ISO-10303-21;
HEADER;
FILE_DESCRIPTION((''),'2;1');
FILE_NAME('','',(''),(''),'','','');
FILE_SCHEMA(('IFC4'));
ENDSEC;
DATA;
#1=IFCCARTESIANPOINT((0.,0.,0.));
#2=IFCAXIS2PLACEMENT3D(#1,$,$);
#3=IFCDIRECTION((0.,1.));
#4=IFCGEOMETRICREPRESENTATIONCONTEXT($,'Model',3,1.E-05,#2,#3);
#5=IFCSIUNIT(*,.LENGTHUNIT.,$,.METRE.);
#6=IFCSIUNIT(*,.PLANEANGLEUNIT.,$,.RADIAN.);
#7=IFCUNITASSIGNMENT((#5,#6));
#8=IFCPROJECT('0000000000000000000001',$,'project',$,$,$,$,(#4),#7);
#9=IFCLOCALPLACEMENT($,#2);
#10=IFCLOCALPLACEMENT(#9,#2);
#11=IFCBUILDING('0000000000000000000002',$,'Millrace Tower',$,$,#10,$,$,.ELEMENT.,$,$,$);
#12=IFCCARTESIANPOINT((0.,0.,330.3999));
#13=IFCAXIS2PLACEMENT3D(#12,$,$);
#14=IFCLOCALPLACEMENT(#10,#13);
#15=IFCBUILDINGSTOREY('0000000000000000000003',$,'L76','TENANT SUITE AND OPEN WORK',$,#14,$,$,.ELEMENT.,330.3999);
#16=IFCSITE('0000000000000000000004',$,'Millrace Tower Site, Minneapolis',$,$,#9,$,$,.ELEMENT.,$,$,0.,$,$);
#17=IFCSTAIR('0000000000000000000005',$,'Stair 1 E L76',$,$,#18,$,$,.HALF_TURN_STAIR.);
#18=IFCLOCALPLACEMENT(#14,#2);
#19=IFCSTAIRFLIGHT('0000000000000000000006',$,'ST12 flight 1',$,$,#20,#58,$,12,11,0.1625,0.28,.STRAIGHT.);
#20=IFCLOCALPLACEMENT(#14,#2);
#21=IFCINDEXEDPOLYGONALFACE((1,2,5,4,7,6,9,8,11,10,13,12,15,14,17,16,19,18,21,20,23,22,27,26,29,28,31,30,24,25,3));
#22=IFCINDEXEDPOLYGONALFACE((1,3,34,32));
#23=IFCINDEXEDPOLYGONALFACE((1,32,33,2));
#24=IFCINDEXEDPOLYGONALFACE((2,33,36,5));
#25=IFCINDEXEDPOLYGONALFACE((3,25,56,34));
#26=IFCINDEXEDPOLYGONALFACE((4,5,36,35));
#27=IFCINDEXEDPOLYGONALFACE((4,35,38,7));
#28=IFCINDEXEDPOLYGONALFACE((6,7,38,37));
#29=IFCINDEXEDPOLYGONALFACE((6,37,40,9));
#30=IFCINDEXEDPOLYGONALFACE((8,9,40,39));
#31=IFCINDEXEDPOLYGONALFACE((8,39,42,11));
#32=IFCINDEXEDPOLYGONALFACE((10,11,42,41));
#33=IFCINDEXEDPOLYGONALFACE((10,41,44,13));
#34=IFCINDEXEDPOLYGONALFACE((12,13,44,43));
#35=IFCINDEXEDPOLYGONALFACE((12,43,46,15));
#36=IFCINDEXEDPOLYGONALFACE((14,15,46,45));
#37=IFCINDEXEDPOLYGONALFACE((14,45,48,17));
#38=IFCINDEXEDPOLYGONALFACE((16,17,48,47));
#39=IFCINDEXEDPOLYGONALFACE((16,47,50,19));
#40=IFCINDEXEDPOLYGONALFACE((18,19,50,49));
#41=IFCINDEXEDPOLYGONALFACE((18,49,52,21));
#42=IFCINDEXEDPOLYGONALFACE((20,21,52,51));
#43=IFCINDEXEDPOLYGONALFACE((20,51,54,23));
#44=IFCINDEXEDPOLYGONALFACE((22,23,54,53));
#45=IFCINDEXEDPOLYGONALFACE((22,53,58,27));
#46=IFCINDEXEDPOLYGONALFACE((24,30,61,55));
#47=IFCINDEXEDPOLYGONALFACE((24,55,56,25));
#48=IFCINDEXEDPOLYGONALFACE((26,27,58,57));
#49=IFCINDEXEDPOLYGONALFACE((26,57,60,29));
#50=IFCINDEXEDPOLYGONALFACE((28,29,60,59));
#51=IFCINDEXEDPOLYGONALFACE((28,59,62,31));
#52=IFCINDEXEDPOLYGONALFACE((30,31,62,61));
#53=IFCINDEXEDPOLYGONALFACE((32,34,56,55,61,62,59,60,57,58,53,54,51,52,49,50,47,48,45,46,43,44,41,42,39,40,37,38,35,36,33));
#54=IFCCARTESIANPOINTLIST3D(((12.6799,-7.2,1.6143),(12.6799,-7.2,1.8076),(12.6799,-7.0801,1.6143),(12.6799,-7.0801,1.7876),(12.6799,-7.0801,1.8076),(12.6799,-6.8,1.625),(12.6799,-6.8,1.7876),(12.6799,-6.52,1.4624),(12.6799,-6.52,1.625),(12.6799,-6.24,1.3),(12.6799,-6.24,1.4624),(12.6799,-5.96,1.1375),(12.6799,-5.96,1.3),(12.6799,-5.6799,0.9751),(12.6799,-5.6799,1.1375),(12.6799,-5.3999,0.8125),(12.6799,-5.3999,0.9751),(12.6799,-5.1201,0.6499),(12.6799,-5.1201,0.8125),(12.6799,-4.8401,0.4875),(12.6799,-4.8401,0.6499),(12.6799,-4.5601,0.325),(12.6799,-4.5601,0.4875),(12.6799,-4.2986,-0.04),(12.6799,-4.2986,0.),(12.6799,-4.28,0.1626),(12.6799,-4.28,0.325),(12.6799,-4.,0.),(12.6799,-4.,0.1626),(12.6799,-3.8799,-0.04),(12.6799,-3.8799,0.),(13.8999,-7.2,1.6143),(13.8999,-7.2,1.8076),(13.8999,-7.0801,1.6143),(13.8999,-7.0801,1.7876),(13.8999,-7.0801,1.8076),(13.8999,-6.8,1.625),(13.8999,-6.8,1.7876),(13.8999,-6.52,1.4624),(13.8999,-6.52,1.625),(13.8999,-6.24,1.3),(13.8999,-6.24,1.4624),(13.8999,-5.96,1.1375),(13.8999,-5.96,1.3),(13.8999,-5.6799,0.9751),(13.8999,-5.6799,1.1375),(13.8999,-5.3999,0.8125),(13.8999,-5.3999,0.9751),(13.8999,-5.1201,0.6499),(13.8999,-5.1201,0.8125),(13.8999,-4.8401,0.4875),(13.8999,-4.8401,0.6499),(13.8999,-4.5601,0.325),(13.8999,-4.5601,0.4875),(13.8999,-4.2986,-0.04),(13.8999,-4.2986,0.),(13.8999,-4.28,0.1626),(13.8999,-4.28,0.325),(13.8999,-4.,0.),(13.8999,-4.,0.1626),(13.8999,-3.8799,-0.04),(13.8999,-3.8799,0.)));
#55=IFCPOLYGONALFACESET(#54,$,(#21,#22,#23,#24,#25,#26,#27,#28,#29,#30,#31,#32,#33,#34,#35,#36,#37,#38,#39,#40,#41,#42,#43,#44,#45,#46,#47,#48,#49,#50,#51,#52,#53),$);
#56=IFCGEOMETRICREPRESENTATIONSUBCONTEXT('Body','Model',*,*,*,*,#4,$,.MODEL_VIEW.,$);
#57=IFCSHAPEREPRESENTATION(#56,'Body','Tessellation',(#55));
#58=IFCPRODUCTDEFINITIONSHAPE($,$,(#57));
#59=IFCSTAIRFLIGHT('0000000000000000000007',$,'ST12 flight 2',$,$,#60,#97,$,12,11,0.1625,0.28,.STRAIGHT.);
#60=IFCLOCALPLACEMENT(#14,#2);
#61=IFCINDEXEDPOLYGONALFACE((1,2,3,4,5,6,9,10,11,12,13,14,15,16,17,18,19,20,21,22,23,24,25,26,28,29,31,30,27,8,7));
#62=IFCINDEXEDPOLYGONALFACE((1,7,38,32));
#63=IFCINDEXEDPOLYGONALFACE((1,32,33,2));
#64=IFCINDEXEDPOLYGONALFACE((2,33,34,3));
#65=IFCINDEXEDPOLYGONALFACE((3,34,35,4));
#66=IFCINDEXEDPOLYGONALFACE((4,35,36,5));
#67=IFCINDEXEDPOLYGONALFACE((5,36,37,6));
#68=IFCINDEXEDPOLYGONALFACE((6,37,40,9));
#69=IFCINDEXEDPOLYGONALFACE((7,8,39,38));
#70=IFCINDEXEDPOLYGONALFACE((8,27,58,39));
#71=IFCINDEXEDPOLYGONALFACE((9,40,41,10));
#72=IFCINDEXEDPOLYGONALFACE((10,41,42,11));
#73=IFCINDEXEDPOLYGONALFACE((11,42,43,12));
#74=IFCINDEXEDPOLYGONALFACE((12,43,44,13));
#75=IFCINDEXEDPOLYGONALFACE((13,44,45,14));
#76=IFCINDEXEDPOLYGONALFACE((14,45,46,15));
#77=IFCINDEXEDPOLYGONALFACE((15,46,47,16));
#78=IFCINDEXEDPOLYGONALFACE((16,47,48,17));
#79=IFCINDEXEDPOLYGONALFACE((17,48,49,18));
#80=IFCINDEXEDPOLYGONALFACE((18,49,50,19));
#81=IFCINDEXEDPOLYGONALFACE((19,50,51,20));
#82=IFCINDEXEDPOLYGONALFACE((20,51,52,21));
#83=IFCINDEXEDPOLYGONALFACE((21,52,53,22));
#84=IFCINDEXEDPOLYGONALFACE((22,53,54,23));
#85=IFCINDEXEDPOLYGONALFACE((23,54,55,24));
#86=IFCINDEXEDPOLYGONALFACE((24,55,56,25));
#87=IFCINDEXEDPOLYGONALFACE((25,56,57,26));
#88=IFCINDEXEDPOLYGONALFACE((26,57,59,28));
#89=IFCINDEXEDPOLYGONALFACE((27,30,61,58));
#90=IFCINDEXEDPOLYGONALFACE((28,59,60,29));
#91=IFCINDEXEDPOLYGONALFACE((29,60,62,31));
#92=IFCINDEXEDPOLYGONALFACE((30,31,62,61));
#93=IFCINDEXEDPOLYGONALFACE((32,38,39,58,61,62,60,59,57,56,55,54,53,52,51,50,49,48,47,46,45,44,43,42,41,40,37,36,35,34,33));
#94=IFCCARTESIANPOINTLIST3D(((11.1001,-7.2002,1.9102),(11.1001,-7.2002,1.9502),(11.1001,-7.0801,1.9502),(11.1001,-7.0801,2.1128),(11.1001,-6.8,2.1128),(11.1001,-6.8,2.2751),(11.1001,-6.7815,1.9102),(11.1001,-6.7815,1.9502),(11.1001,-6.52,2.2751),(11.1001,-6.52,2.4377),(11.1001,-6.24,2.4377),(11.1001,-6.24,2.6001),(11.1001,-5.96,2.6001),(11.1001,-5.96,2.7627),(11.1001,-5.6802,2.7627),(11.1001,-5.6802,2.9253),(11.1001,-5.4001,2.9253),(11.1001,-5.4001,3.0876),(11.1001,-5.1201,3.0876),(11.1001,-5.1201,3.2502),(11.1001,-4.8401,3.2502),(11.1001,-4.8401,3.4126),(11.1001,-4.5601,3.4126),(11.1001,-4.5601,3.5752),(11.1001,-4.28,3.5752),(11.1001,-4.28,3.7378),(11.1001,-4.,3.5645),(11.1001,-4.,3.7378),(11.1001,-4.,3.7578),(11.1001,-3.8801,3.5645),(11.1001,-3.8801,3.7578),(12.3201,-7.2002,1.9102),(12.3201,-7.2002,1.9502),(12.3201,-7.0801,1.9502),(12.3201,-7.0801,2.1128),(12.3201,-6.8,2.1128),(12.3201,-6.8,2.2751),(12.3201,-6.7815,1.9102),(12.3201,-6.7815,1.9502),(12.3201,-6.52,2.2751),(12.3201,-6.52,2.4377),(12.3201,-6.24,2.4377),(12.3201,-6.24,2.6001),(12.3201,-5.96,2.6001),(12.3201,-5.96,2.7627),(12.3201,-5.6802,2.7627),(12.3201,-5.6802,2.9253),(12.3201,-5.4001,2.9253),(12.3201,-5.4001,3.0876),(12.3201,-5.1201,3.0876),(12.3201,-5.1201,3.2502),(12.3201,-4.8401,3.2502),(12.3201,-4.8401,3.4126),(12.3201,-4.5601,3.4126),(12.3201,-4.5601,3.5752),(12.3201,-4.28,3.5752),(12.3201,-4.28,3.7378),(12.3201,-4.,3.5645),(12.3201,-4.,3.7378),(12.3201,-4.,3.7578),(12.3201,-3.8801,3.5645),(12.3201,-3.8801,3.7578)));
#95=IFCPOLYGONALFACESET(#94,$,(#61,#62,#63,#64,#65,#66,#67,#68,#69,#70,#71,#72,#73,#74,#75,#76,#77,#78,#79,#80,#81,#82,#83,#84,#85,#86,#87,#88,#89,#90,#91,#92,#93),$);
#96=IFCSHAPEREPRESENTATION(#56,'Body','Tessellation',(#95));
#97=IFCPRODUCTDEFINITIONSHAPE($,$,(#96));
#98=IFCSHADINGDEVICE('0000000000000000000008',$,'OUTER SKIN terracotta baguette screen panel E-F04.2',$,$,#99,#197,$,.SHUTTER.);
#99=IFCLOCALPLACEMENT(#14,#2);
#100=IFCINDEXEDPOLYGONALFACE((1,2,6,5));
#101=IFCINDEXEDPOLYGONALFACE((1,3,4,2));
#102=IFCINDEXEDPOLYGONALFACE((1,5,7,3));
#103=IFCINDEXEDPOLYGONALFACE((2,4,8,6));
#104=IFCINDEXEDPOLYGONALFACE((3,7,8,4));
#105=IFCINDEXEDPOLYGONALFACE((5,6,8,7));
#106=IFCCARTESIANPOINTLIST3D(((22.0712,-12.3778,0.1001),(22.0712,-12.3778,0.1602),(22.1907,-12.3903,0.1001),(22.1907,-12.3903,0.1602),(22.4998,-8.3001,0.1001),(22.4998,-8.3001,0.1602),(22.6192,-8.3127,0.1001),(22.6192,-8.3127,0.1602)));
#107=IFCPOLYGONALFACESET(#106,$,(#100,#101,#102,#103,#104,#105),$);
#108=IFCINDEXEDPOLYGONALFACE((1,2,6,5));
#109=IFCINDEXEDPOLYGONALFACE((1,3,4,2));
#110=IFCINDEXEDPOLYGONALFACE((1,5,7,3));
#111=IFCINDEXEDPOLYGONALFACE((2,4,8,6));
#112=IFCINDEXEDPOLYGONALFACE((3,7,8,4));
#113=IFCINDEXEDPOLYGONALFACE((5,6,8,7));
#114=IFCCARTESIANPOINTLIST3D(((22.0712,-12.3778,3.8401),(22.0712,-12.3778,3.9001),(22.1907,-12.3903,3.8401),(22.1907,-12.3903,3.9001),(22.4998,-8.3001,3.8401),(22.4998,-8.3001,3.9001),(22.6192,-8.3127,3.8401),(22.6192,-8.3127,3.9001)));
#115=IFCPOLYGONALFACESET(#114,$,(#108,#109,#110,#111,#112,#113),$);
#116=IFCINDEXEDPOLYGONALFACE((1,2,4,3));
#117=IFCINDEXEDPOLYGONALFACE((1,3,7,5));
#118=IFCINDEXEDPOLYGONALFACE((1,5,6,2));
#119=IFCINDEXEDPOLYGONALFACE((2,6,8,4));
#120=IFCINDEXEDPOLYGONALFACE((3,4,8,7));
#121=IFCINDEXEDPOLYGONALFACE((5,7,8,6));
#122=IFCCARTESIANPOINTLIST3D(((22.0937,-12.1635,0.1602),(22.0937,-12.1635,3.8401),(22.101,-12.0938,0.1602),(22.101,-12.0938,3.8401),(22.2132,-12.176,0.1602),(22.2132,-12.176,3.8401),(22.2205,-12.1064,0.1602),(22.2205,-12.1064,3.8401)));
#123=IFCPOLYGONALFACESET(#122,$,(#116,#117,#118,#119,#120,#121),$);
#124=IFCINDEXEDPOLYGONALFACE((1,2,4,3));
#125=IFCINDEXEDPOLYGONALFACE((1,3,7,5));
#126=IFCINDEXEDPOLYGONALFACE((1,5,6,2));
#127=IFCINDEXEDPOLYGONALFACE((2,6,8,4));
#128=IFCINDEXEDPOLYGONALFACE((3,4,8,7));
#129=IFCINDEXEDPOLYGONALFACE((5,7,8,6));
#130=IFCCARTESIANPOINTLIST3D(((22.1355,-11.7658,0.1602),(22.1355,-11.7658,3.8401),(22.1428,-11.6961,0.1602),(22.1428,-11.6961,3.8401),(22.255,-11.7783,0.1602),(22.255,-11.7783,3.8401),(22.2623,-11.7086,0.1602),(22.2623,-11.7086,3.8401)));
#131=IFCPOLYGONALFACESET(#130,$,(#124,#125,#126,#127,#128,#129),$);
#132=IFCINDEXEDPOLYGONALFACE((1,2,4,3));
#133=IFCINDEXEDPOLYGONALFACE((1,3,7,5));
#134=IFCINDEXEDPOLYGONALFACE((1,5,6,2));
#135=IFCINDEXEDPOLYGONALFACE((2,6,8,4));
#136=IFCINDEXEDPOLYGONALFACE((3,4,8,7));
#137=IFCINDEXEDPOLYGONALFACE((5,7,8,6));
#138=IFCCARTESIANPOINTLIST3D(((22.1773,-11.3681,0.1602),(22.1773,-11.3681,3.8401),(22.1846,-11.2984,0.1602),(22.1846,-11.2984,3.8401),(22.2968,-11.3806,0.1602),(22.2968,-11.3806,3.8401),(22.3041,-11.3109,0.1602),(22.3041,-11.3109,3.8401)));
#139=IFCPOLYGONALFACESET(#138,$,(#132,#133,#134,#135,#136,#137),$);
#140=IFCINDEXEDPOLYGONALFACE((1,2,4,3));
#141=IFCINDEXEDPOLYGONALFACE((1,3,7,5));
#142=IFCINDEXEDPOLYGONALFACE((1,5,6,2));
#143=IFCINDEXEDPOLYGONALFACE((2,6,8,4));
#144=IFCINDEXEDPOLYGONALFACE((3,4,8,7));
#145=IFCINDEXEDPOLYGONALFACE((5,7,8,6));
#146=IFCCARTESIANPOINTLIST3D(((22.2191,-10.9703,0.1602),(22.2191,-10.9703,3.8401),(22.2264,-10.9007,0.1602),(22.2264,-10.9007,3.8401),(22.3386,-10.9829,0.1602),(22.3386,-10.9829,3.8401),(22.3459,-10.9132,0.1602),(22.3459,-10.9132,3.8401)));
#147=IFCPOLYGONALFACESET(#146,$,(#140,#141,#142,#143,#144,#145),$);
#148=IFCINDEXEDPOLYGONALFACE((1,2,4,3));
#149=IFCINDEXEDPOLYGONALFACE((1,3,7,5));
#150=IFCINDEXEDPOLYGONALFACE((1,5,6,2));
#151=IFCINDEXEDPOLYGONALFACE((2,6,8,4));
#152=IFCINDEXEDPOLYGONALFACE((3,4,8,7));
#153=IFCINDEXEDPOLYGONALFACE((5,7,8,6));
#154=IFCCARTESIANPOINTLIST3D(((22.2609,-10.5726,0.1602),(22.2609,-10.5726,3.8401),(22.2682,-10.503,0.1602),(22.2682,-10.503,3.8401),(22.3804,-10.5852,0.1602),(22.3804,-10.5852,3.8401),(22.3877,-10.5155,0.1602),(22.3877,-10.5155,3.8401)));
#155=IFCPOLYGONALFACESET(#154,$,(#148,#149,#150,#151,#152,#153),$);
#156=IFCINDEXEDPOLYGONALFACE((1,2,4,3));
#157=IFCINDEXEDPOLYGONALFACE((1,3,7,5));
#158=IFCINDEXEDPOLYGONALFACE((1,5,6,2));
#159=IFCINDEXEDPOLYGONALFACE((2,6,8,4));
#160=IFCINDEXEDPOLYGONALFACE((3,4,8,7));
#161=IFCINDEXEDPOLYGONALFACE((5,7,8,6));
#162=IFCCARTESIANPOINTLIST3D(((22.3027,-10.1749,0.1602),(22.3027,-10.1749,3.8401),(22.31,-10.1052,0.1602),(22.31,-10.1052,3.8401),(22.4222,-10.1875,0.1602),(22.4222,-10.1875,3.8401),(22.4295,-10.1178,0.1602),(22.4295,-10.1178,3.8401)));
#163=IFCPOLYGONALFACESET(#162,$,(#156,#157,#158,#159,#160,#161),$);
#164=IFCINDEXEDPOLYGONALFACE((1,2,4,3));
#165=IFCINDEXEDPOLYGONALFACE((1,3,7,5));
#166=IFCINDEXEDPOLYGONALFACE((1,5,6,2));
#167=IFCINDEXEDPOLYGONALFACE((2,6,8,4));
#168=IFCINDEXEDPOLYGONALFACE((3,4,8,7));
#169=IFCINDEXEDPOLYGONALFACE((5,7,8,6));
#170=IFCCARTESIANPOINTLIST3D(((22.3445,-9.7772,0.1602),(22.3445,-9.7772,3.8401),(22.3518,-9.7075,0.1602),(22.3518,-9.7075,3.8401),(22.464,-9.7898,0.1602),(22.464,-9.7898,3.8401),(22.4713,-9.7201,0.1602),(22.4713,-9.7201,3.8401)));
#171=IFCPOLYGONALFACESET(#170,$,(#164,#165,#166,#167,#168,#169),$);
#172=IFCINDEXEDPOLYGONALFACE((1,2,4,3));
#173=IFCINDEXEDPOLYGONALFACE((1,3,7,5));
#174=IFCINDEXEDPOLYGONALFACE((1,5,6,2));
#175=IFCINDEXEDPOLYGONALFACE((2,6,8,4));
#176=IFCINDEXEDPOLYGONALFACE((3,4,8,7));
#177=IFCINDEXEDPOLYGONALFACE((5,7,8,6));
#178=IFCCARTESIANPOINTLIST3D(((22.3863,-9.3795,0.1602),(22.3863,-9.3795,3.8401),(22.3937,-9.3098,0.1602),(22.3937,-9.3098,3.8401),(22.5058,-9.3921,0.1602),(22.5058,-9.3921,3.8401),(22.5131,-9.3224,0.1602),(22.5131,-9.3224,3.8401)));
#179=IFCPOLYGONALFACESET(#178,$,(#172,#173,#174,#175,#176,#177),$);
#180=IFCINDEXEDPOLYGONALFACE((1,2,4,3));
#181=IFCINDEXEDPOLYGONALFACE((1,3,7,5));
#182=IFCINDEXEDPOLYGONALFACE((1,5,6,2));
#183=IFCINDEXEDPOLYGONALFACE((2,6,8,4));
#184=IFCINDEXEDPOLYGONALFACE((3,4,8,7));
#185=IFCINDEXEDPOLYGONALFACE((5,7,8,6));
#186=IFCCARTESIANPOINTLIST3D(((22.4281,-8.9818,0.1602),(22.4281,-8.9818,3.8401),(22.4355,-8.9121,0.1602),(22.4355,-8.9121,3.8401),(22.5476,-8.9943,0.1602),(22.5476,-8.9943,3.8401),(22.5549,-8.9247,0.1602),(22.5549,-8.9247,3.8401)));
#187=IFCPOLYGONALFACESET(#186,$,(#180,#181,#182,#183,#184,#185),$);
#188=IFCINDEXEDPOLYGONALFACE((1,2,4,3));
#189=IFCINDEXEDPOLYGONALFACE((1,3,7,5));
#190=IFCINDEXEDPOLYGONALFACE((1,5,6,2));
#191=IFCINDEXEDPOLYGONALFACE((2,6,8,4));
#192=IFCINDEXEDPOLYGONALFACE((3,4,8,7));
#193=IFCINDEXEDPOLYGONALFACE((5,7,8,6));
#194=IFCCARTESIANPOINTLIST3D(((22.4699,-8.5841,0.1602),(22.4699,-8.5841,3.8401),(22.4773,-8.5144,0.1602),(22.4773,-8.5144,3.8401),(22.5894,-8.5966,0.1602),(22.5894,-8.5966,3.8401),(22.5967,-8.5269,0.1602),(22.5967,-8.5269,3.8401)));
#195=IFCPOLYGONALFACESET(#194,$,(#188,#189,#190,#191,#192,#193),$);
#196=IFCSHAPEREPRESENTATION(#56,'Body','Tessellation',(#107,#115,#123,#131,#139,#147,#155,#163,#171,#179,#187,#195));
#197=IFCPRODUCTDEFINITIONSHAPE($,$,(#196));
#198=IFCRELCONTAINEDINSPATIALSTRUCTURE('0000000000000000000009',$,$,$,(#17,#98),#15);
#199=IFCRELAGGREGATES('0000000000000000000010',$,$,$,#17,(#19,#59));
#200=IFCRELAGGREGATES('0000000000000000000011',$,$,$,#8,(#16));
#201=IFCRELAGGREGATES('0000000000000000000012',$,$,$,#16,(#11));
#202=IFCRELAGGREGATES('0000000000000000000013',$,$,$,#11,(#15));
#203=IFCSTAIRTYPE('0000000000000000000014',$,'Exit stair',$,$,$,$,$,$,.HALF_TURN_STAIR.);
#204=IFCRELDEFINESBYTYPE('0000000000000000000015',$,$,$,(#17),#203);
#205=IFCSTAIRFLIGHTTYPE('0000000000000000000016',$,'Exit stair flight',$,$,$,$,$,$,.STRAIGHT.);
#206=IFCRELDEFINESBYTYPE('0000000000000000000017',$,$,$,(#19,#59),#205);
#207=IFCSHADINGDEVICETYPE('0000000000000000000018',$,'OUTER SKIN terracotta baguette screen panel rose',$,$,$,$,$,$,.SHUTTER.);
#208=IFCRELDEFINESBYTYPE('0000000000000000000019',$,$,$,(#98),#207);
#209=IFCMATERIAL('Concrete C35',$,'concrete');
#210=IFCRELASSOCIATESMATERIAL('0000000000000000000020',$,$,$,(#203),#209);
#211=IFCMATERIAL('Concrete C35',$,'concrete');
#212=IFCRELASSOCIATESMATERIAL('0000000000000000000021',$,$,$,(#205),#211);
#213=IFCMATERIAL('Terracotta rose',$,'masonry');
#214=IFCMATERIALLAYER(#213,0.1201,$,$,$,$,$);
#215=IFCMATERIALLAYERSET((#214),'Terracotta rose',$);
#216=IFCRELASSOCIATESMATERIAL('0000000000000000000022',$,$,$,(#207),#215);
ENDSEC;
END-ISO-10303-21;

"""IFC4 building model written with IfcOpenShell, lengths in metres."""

from ifc_helpers import new_model, entity, si_unit, direction, frame, frame_2d, origin, place, context, subcontext, project, spatial, polyline, rectangle, outline, extrude, source, transform, mapped, material, layer, layer_set, type_object, element, aggregate, save


model = new_model("IFC4")

# Units and contexts
model_context = context("Model", 3, precision=1e-05, world=origin(), true_north=direction((0.0, 1.0)))
body_context = subcontext(model_context, "Body", "Model", "MODEL_VIEW")
ifc_project = project(units=[si_unit("LENGTHUNIT", "METRE"), si_unit("PLANEANGLEUNIT", "RADIAN")], contexts=[model_context])

# Site, building, storey
site_placement = place(None, origin())
site = spatial("IfcSite", under=ifc_project, at=site_placement, Name="Millrace Tower Site, Minneapolis", CompositionType="ELEMENT", RefElevation=0.0)
building_placement = place(site_placement, origin())
building = spatial("IfcBuilding", under=site, at=building_placement, Name="Millrace Tower", CompositionType="ELEMENT")
storey_placement = place(building_placement, frame((0.0, 0.0, 330.3999)))
storey = spatial("IfcBuildingStorey", under=building, at=storey_placement, Name="L76", Description="TENANT SUITE AND OPEN WORK", CompositionType="ELEMENT", Elevation=330.3999)

# Shared definitions
placement = place(storey_placement, origin())

# Stair, stair flights
ifc_material_1 = material(Name="Concrete C35", Category="concrete")
stair_type = type_object("IfcStairType", Name="Exit stair", PredefinedType="HALF_TURN_STAIR", material=ifc_material_1)
stair = element("IfcStair", 1, at=placement, inside=storey, type_object=stair_type, Name="Stair 1 E L76", PredefinedType="HALF_TURN_STAIR")
ifc_material_2 = material(Name="Concrete C35", Category="concrete")
stair_flight_type = type_object("IfcStairFlightType", Name="Exit stair flight", PredefinedType="STRAIGHT", material=ifc_material_2)
stair_flight_1_placement = place(storey_placement, frame((13.29, -4.0, 0.0), z_axis=(0.0, 0.0, 1.0), x_axis=(0.0, -1.0, 0.0)))
stair_flight_1 = element("IfcStairFlight", 2, at=stair_flight_1_placement, type_object=stair_flight_type, Name="ST12 flight 1", NumberOfRisers=12, NumberOfTreads=11, PredefinedType="STRAIGHT", RiserHeight=0.1625, TreadLength=0.28, context=body_context, shape_type="SweptSolid", body=[
    extrude(outline(polyline([(-0.1201, -0.04), (-0.1201, 0.0), (0.0, 0.0), (0.0, 0.1626), (0.28, 0.1626), (0.28, 0.325), (0.5601, 0.325), (0.5601, 0.4875), (0.8401, 0.4875), (0.8401, 0.6499), (1.1201, 0.6499), (1.1201, 0.8125), (1.3999, 0.8125), (1.3999, 0.9751), (1.6799, 0.9751), (1.6799, 1.1375), (1.96, 1.1375), (1.96, 1.3), (2.24, 1.3), (2.24, 1.4624), (2.52, 1.4624), (2.52, 1.625), (2.8, 1.625), (2.8, 1.7876), (3.0801, 1.7876), (3.0801, 1.8076), (3.2, 1.8076), (3.2, 1.6143), (3.0801, 1.6143), (0.2986, 0.0), (0.2986, -0.04), (-0.1201, -0.04)])), frame((0.0, 0.6099, 0.0), z_axis=(0.0, -1.0, 0.0), x_axis=(1.0, 0.0, 0.0)), (0.0, 0.0, 1.0), 1.22),
])
stair_flight_2_placement = place(storey_placement, frame((11.71, -7.0801, 1.9502), z_axis=(0.0, 0.0, 1.0), x_axis=(0.0, 1.0, 0.0)))
stair_flight_2 = element("IfcStairFlight", 3, at=stair_flight_2_placement, type_object=stair_flight_type, Name="ST12 flight 2", NumberOfRisers=12, NumberOfTreads=11, PredefinedType="STRAIGHT", RiserHeight=0.1625, TreadLength=0.28, context=body_context, shape_type="SweptSolid", body=[
    extrude(outline(polyline([(-0.1201, -0.04), (-0.1201, 0.0), (0.0, 0.0), (0.0, 0.1626), (0.28, 0.1626), (0.28, 0.325), (0.5601, 0.325), (0.5601, 0.4875), (0.8401, 0.4875), (0.8401, 0.6499), (1.1201, 0.6499), (1.1201, 0.8125), (1.3999, 0.8125), (1.3999, 0.9751), (1.6799, 0.9751), (1.6799, 1.1375), (1.96, 1.1375), (1.96, 1.3), (2.24, 1.3), (2.24, 1.4624), (2.52, 1.4624), (2.52, 1.625), (2.8, 1.625), (2.8, 1.7876), (3.0801, 1.7876), (3.0801, 1.8076), (3.2, 1.8076), (3.2, 1.6143), (3.0801, 1.6143), (0.2986, 0.0), (0.2986, -0.04), (-0.1201, -0.04)])), frame((0.0, 0.6099, 0.0), z_axis=(0.0, -1.0, 0.0), x_axis=(1.0, 0.0, 0.0)), (0.0, 0.0, 1.0), 1.22),
])
aggregate(stair, [stair_flight_1, stair_flight_2])

# Shading device
ifc_material_3 = material(Name="Terracotta rose", Category="masonry")
ifc_layer_1 = layer(ifc_material_3, 0.1201)
ifc_layer_set_1 = layer_set([ifc_layer_1], Name="Terracotta rose")
shading_device_type = type_object("IfcShadingDeviceType", Name="OUTER SKIN terracotta baguette screen panel rose", PredefinedType="SHUTTER", material=ifc_layer_set_1)
cartesian_point = entity("IfcCartesianPoint", [-2.05, 0.0601])
shared_polyline = entity("IfcPolyline", [cartesian_point, entity("IfcCartesianPoint", [2.05, 0.0601]), entity("IfcCartesianPoint", [2.05, -0.0601]), entity("IfcCartesianPoint", [-2.05, -0.0601]), cartesian_point])
shared_shape = source(origin(), body_context, "Body", "SweptSolid", [
    entity("IfcExtrudedAreaSolid", entity("IfcArbitraryClosedProfileDef", "AREA", None, shared_polyline), entity("IfcAxis2Placement3D", entity("IfcCartesianPoint", [0.0, 0.0, 0.0])), entity("IfcDirection", [0.0, 0.0, 1.0]), 0.0601),
    entity("IfcExtrudedAreaSolid", entity("IfcArbitraryClosedProfileDef", "AREA", None, shared_polyline), entity("IfcAxis2Placement3D", entity("IfcCartesianPoint", [0.0, 0.0, 3.74])), entity("IfcDirection", [0.0, 0.0, 1.0]), 0.0601),
    extrude(rectangle(XDim=0.0701, YDim=0.1201, at=frame_2d((-1.7996, 0.0))), frame((0.0, 0.0, 0.0601)), (0.0, 0.0, 1.0), 3.6799),
    extrude(rectangle(XDim=0.0701, YDim=0.1201, at=frame_2d((-1.3997, 0.0))), frame((0.0, 0.0, 0.0601)), (0.0, 0.0, 1.0), 3.6799),
    extrude(rectangle(XDim=0.0701, YDim=0.1201, at=frame_2d((-0.9998, 0.0))), frame((0.0, 0.0, 0.0601)), (0.0, 0.0, 1.0), 3.6799),
    extrude(rectangle(XDim=0.0701, YDim=0.1201, at=frame_2d((-0.5999, 0.0))), frame((0.0, 0.0, 0.0601)), (0.0, 0.0, 1.0), 3.6799),
    extrude(rectangle(XDim=0.0701, YDim=0.1201, at=frame_2d((-0.2, 0.0))), frame((0.0, 0.0, 0.0601)), (0.0, 0.0, 1.0), 3.6799),
    extrude(rectangle(XDim=0.0701, YDim=0.1201, at=frame_2d((0.2, 0.0))), frame((0.0, 0.0, 0.0601)), (0.0, 0.0, 1.0), 3.6799),
    extrude(rectangle(XDim=0.0701, YDim=0.1201, at=frame_2d((0.5999, 0.0))), frame((0.0, 0.0, 0.0601)), (0.0, 0.0, 1.0), 3.6799),
    extrude(rectangle(XDim=0.0701, YDim=0.1201, at=frame_2d((0.9998, 0.0))), frame((0.0, 0.0, 0.0601)), (0.0, 0.0, 1.0), 3.6799),
    extrude(rectangle(XDim=0.0701, YDim=0.1201, at=frame_2d((1.3997, 0.0))), frame((0.0, 0.0, 0.0601)), (0.0, 0.0, 1.0), 3.6799),
    extrude(rectangle(XDim=0.0701, YDim=0.1201, at=frame_2d((1.7996, 0.0))), frame((0.0, 0.0, 0.0601)), (0.0, 0.0, 1.0), 3.6799),
])
for number, where, z_axis, x_axis, name in (
    (4, (22.3452, -10.3452, 0.1001), (0.0, 0.0, 1.0), (0.104528, 0.994522, 0.0), "OUTER SKIN terracotta baguette screen panel E-F04.2"),
):
    element("IfcShadingDevice", number, at=place(storey_placement, frame(where, z_axis=z_axis, x_axis=x_axis)), inside=storey, type_object=shading_device_type, Name=name, PredefinedType="SHUTTER", context=body_context, shape_type="MappedRepresentation", body=[
        mapped(shared_shape, transform((0.0, 0.0, 0.0), scale=1.0)),
    ])

save(model, "model.ifc")
